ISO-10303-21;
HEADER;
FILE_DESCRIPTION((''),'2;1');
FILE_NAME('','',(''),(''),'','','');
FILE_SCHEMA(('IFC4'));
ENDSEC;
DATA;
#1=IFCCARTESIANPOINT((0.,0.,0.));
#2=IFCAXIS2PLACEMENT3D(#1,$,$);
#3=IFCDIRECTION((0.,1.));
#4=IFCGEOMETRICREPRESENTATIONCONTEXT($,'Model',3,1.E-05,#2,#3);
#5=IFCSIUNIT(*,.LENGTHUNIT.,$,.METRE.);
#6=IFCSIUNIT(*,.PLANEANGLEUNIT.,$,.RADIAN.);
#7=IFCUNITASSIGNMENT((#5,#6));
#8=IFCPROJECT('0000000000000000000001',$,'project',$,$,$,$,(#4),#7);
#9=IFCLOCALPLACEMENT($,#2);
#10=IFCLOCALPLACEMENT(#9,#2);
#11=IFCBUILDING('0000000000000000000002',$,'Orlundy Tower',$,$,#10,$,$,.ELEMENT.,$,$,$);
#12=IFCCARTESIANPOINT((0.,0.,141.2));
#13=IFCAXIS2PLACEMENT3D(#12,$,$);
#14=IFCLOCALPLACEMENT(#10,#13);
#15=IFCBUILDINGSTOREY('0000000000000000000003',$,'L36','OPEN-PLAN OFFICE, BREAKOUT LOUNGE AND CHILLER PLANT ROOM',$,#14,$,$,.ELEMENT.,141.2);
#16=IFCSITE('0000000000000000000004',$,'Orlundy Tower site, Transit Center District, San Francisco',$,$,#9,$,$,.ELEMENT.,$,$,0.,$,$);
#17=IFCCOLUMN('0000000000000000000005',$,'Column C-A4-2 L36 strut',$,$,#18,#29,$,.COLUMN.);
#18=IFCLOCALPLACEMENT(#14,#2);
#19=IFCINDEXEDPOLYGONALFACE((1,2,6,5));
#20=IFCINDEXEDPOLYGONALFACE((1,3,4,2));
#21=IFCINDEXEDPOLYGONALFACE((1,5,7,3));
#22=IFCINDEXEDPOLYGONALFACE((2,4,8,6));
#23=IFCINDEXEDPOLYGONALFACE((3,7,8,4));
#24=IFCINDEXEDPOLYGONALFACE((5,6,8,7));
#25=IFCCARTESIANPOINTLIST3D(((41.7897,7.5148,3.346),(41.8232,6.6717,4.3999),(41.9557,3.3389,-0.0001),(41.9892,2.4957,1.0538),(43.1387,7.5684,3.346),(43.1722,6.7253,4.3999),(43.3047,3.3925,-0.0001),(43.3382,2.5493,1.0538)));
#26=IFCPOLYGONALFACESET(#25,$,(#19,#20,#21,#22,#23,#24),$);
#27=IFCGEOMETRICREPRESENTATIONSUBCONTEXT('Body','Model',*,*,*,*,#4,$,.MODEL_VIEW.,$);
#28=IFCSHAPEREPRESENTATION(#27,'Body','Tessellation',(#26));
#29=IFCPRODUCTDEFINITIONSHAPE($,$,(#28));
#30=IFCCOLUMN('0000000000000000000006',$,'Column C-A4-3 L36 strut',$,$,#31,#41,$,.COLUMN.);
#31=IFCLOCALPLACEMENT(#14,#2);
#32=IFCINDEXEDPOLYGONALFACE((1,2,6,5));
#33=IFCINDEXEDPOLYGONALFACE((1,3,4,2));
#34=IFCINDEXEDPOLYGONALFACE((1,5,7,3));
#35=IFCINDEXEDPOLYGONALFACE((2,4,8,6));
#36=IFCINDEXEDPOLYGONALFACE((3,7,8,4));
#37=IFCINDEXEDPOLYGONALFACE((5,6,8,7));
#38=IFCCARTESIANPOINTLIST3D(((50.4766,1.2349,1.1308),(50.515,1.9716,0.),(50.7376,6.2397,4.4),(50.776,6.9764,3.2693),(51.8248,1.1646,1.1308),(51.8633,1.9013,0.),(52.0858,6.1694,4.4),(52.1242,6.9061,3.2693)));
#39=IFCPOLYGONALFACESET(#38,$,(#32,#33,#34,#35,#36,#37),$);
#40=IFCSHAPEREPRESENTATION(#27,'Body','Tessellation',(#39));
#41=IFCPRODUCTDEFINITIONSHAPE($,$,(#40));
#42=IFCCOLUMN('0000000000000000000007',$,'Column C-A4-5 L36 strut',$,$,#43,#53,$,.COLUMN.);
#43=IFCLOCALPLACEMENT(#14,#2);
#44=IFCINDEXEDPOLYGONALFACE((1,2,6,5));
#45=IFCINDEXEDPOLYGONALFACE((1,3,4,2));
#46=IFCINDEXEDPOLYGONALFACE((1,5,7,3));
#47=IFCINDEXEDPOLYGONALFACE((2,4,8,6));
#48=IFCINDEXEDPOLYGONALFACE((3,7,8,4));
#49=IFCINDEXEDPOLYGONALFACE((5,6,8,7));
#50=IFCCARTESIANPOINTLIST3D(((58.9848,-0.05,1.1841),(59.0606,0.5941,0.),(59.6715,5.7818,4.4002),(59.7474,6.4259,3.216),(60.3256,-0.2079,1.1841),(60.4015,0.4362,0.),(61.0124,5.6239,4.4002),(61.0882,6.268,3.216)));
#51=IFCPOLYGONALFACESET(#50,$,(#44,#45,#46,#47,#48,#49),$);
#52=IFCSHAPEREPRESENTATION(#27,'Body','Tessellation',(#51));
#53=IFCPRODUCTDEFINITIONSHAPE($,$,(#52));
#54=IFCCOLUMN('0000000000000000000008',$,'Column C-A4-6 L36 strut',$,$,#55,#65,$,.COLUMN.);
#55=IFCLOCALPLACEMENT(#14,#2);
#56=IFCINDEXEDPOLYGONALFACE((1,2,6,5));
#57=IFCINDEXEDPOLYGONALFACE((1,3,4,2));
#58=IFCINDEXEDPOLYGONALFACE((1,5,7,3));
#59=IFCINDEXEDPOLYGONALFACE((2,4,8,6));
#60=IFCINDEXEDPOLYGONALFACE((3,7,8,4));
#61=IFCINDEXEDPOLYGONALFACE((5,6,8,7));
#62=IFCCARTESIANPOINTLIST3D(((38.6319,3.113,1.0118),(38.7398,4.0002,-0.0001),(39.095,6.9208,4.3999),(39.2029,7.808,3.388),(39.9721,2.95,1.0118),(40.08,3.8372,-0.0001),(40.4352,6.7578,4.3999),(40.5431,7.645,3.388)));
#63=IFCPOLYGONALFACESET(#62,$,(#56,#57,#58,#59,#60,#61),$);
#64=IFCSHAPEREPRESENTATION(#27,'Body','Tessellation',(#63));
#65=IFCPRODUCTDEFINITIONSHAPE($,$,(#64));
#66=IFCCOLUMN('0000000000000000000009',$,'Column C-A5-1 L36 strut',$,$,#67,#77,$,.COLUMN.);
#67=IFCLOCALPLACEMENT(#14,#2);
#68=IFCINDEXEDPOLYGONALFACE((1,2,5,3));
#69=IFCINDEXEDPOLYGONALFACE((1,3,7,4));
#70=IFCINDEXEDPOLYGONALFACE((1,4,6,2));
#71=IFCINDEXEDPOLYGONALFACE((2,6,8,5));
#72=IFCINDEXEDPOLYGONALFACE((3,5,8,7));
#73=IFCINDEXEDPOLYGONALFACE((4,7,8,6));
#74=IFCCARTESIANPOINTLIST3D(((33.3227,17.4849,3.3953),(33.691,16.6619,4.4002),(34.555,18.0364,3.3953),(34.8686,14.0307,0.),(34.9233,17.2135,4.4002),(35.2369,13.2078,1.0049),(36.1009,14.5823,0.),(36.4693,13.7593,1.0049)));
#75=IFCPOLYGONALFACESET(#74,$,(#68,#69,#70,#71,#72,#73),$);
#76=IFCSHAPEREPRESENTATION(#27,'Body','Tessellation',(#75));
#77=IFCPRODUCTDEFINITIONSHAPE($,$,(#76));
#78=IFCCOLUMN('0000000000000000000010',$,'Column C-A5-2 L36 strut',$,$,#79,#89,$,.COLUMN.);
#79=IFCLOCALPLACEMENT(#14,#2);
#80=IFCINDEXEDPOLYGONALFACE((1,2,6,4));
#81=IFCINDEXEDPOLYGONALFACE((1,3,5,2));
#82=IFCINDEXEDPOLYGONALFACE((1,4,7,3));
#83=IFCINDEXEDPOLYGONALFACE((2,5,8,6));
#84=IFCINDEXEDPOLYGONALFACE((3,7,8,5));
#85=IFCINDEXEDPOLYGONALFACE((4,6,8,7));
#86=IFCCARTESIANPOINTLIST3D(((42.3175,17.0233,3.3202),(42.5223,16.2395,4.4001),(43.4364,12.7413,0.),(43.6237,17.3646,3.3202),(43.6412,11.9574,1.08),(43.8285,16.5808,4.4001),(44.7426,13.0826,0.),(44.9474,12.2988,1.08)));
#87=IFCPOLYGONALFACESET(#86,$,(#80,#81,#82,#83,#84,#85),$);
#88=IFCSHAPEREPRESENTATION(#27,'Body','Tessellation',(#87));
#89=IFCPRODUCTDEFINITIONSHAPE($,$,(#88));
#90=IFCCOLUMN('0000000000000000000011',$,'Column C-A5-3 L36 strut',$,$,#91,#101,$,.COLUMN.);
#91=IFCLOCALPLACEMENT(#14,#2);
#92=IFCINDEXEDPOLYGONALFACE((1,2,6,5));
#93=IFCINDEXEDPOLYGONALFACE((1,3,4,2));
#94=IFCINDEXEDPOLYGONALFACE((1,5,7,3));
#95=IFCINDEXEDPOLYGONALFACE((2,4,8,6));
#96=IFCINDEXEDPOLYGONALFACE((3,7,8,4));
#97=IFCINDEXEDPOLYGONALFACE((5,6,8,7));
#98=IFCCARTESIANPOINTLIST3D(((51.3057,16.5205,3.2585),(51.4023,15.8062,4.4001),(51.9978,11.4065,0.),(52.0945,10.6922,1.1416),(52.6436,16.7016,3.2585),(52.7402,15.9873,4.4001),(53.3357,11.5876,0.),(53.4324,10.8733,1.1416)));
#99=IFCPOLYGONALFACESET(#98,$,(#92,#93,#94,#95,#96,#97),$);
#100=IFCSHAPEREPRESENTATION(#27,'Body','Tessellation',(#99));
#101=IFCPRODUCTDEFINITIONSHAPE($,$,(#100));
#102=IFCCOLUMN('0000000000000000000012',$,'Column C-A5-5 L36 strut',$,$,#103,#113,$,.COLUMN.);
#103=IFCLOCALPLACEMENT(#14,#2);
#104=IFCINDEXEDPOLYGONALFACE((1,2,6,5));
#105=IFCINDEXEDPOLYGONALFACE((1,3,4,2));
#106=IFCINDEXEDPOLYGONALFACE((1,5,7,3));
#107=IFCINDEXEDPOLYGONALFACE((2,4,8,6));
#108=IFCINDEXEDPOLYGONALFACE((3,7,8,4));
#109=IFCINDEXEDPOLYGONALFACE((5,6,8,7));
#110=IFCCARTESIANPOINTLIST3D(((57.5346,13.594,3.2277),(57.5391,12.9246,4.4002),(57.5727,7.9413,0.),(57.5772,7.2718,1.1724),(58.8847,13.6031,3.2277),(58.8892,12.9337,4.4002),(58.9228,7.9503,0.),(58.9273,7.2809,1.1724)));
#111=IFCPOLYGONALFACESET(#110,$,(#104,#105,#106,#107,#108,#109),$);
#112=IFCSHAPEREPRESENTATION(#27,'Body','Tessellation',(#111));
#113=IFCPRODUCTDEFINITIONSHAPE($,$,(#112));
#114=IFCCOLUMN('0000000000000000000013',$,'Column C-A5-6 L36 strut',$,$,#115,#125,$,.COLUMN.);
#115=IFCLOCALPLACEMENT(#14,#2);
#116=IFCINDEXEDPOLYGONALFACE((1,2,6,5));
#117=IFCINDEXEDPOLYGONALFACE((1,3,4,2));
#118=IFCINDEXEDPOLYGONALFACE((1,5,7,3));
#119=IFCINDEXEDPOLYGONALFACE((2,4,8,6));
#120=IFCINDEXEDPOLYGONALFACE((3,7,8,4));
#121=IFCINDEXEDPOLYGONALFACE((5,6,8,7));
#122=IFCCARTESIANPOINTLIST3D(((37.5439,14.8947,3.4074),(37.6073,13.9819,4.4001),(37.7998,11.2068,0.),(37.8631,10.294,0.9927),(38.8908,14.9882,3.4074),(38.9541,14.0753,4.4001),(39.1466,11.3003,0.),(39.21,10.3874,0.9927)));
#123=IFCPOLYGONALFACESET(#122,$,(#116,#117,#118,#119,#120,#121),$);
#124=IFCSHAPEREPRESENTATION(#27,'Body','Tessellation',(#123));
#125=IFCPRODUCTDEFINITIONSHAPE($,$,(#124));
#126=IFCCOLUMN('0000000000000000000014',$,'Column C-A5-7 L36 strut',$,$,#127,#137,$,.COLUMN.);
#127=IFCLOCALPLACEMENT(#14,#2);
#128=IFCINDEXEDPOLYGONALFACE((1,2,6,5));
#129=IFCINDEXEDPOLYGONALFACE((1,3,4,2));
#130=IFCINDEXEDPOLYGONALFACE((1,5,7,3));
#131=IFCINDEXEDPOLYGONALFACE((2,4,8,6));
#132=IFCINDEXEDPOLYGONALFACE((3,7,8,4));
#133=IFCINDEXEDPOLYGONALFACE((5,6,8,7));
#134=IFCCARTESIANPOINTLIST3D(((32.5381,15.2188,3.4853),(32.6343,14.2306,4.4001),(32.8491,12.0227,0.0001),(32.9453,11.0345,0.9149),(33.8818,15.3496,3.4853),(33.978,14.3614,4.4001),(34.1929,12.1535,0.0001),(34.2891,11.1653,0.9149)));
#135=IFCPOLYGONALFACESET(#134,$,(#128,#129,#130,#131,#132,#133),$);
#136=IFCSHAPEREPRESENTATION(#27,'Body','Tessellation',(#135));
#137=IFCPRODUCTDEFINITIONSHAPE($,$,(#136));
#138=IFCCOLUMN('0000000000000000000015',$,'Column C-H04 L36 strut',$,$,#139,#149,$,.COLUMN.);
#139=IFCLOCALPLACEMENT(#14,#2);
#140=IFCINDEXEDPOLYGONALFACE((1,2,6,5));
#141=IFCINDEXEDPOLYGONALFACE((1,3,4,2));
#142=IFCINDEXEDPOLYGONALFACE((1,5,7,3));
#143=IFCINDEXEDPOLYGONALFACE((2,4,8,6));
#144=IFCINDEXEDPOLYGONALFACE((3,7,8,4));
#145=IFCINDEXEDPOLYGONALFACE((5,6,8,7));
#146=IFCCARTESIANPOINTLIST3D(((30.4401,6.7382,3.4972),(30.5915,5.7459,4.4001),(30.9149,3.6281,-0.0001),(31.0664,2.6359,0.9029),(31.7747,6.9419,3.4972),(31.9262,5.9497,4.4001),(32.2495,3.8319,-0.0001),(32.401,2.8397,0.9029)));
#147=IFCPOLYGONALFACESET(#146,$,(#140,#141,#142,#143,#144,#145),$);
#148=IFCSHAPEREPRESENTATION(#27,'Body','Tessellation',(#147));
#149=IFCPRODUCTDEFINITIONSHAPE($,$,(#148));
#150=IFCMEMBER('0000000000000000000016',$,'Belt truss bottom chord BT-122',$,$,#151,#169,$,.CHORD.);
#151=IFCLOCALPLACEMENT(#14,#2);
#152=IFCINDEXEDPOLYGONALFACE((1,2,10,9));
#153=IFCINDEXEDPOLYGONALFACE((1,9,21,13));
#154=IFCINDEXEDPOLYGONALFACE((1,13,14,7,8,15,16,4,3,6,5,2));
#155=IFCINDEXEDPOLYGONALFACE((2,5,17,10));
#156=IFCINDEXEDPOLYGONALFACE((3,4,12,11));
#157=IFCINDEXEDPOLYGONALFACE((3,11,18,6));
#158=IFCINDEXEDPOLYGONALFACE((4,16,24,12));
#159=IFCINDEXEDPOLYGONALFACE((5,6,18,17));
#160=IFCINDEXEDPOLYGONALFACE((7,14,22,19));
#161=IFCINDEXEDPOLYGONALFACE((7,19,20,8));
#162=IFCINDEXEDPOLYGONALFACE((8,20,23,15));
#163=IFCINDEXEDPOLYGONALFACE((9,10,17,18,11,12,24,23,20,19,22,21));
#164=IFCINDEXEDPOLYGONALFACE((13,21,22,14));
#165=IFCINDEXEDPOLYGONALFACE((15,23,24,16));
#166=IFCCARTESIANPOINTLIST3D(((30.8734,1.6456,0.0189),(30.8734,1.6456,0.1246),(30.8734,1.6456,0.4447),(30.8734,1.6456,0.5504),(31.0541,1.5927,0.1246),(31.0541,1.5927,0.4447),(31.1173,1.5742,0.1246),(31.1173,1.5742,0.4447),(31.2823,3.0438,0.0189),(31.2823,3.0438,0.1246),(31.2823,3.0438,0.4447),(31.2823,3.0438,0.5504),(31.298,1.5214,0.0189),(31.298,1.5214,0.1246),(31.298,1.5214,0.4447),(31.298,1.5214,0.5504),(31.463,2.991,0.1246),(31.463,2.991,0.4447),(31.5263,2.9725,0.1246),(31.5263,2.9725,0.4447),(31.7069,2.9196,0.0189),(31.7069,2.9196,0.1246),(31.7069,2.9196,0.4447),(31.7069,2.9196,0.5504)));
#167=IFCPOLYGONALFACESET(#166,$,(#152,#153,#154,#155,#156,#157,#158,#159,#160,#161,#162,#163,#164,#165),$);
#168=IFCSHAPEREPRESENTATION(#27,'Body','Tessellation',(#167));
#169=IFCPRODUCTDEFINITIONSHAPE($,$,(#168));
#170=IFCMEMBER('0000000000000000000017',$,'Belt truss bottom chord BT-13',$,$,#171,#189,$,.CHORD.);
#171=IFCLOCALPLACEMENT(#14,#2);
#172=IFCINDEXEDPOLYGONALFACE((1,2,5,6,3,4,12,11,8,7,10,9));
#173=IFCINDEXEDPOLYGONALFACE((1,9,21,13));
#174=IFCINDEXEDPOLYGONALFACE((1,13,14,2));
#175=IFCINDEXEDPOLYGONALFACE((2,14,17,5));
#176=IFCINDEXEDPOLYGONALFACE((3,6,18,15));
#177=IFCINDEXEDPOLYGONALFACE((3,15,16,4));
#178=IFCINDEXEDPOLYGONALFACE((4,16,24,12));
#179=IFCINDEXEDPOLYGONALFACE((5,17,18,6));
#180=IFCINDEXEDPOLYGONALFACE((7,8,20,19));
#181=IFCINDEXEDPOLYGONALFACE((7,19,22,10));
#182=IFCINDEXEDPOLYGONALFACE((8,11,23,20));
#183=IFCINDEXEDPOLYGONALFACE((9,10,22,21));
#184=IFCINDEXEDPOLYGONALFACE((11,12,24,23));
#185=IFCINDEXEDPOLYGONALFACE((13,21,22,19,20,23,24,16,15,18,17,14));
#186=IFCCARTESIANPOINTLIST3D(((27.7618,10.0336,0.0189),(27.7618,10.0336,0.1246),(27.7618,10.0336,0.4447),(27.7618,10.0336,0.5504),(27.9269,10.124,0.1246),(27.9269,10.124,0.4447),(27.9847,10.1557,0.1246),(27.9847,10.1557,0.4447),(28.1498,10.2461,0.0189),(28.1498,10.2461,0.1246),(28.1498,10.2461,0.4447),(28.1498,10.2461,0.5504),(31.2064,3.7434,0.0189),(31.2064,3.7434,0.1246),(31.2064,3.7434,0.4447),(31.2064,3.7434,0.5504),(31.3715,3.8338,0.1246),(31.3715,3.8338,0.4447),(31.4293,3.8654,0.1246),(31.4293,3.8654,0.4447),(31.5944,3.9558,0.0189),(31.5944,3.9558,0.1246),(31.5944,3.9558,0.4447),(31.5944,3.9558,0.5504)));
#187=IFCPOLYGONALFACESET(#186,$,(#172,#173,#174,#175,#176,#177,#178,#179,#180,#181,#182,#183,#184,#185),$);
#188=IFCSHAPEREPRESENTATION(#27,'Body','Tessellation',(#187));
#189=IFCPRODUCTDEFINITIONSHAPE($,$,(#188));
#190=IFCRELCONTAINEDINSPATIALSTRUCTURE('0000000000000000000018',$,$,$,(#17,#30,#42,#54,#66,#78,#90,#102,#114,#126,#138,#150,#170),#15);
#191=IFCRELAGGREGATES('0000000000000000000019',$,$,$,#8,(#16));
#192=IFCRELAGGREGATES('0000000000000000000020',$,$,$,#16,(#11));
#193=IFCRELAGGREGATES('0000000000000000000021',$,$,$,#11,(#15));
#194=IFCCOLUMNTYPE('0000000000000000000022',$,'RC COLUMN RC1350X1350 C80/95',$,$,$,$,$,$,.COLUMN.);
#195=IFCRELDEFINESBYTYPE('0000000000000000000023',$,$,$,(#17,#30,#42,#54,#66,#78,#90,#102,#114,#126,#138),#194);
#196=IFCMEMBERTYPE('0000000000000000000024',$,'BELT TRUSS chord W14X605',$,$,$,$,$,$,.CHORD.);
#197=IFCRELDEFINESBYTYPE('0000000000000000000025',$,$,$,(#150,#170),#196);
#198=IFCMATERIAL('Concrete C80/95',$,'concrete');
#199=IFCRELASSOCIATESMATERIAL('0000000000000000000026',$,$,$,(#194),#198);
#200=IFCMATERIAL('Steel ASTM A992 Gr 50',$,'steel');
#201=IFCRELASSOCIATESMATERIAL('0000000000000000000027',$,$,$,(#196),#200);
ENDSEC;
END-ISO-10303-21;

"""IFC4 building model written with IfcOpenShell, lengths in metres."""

from ifc_helpers import new_model, si_unit, direction, frame, origin, origin_2d, place, context, subcontext, project, spatial, rectangle, i_section, extrude, material, material_profile, profile_set, type_object, element, save


model = new_model("IFC4")

# Units and contexts
model_context = context("Model", 3, precision=1e-05, world=origin(), true_north=direction((0.0, 1.0)))
body_context = subcontext(model_context, "Body", "Model", "MODEL_VIEW")
ifc_project = project(units=[si_unit("LENGTHUNIT", "METRE"), si_unit("PLANEANGLEUNIT", "RADIAN")], contexts=[model_context])

# Site, building, storey
site_placement = place(None, origin())
site = spatial("IfcSite", under=ifc_project, at=site_placement, Name="Orlundy Tower site, Transit Center District, San Francisco", CompositionType="ELEMENT", RefElevation=0.0)
building_placement = place(site_placement, origin())
building = spatial("IfcBuilding", under=site, at=building_placement, Name="Orlundy Tower", CompositionType="ELEMENT")
storey_placement = place(building_placement, frame((0.0, 0.0, 141.2)))
storey = spatial("IfcBuildingStorey", under=building, at=storey_placement, Name="L36", Description="OPEN-PLAN OFFICE, BREAKOUT LOUNGE AND CHILLER PLANT ROOM", CompositionType="ELEMENT", Elevation=141.2)

# Columns
ifc_material_1 = material(Name="Concrete C80/95", Category="concrete")
ifc_material_profile_1 = material_profile(ifc_material_1, rectangle(XDim=1.3501, YDim=1.3501, at=origin_2d()), Name="RC1350X1350")
ifc_profile_set_1 = profile_set([ifc_material_profile_1], Name="Concrete C80/95")
column_type = type_object("IfcColumnType", Name="RC COLUMN RC1350X1350 C80/95", PredefinedType="COLUMN", material=ifc_profile_set_1)
column_1_placement = place(storey_placement, frame((42.647, 2.9441, 0.5269), z_axis=(-0.031009, 0.780004, 0.625006), x_axis=(-0.999211, -0.039723, 0.0)))
element("IfcColumn", 1, at=column_1_placement, inside=storey, type_object=column_type, Name="Column C-A4-2 L36 strut", PredefinedType="COLUMN", context=body_context, shape_type="SweptSolid", body=[
    extrude(rectangle(XDim=1.3501, YDim=1.3501, at=origin_2d()), origin(), (0.0, 0.0, 1.0), 5.3538),
])
column_2_placement = place(storey_placement, frame((51.1699, 1.5681, 0.5654), z_axis=(0.043616, 0.836413, 0.546361), x_axis=(-0.998643, 0.052076, 0.0)))
element("IfcColumn", 2, at=column_2_placement, inside=storey, type_object=column_type, Name="Column C-A4-3 L36 strut", PredefinedType="COLUMN", context=body_context, shape_type="SweptSolid", body=[
    extrude(rectangle(XDim=1.3501, YDim=1.3501, at=origin_2d()), origin(), (0.0, 0.0, 1.0), 5.9836),
])
column_3_placement = place(storey_placement, frame((59.6931, 0.1931, 0.592), z_axis=(0.102578, 0.871052, 0.48036), x_axis=(-0.993137, 0.116955, 0.0)))
element("IfcColumn", 3, at=column_3_placement, inside=storey, type_object=column_type, Name="Column C-A4-5 L36 strut", PredefinedType="COLUMN", context=body_context, shape_type="SweptSolid", body=[
    extrude(rectangle(XDim=1.3501, YDim=1.3501, at=origin_2d()), origin(), (0.0, 0.0, 1.0), 6.6951),
])
column_4_placement = place(storey_placement, frame((39.356, 3.4751, 0.5059), z_axis=(0.090491, 0.744011, 0.662011), x_axis=(-0.992685, 0.120736, 0.0)))
element("IfcColumn", 4, at=column_4_placement, inside=storey, type_object=column_type, Name="Column C-A4-6 L36 strut", PredefinedType="COLUMN", context=body_context, shape_type="SweptSolid", body=[
    extrude(rectangle(XDim=1.3501, YDim=1.3501, at=origin_2d()), origin(), (0.0, 0.0, 1.0), 5.1179),
])
column_5_placement = place(storey_placement, frame((35.6689, 13.895, 0.5024), z_axis=(-0.304063, 0.679388, 0.667815), x_axis=(-0.912755, -0.408508, 0.0)))
element("IfcColumn", 5, at=column_5_placement, inside=storey, type_object=column_type, Name="Column C-A5-1 L36 strut", PredefinedType="COLUMN", context=body_context, shape_type="SweptSolid", body=[
    extrude(rectangle(XDim=1.3501, YDim=1.3501, at=origin_2d()), origin(), (0.0, 0.0, 1.0), 5.0842),
])
column_6_placement = place(storey_placement, frame((44.1919, 12.52, 0.54), z_axis=(-0.202235, 0.773949, 0.600087), x_axis=(-0.967515, -0.252815, 0.0)))
element("IfcColumn", 6, at=column_6_placement, inside=storey, type_object=column_type, Name="Column C-A5-2 L36 strut", PredefinedType="COLUMN", context=body_context, shape_type="SweptSolid", body=[
    extrude(rectangle(XDim=1.3501, YDim=1.3501, at=origin_2d()), origin(), (0.0, 0.0, 1.0), 5.5327),
])
column_7_placement = place(storey_placement, frame((52.7151, 11.1399, 0.5708), z_axis=(-0.113404, 0.837909, 0.533899), x_axis=(-0.990965, -0.134119, 0.0)))
element("IfcColumn", 7, at=column_7_placement, inside=storey, type_object=column_type, Name="Column C-A5-3 L36 strut", PredefinedType="COLUMN", context=body_context, shape_type="SweptSolid", body=[
    extrude(rectangle(XDim=1.3501, YDim=1.3501, at=origin_2d()), origin(), (0.0, 0.0, 1.0), 6.1033),
])
column_8_placement = place(storey_placement, frame((58.25, 7.6111, 0.5862), z_axis=(-0.005851, 0.868387, 0.495852), x_axis=(-0.999977, -0.006737, 0.0)))
element("IfcColumn", 8, at=column_8_placement, inside=storey, type_object=column_type, Name="Column C-A5-5 L36 strut", PredefinedType="COLUMN", context=body_context, shape_type="SweptSolid", body=[
    extrude(rectangle(XDim=1.3501, YDim=1.3501, at=origin_2d()), origin(), (0.0, 0.0, 1.0), 6.5095),
])
column_9_placement = place(storey_placement, frame((38.5049, 10.7971, 0.4963), z_axis=(-0.05089, 0.733537, 0.677742), x_axis=(-0.997602, -0.06921, 0.0)))
element("IfcColumn", 9, at=column_9_placement, inside=storey, type_object=column_type, Name="Column C-A5-6 L36 strut", PredefinedType="COLUMN", context=body_context, shape_type="SweptSolid", body=[
    extrude(rectangle(XDim=1.3501, YDim=1.3501, at=origin_2d()), origin(), (0.0, 0.0, 1.0), 5.0276),
])
column_10_placement = place(storey_placement, frame((33.5691, 11.594, 0.4575), z_axis=(-0.065634, 0.674424, 0.735421), x_axis=(-0.995298, -0.096861, 0.0)))
element("IfcColumn", 10, at=column_10_placement, inside=storey, type_object=column_type, Name="Column C-A5-7 L36 strut", PredefinedType="COLUMN", context=body_context, shape_type="SweptSolid", body=[
    extrude(rectangle(XDim=1.3501, YDim=1.3501, at=origin_2d()), origin(), (0.0, 0.0, 1.0), 4.739),
])
column_11_placement = place(storey_placement, frame((31.658, 3.2339, 0.4514), z_axis=(-0.100943, 0.661135, 0.743446), x_axis=(-0.988544, -0.150932, 0.0)))
element("IfcColumn", 11, at=column_11_placement, inside=storey, type_object=column_type, Name="Column C-H04 L36 strut", PredefinedType="COLUMN", context=body_context, shape_type="SweptSolid", body=[
    extrude(rectangle(XDim=1.3501, YDim=1.3501, at=origin_2d()), origin(), (0.0, 0.0, 1.0), 4.7041),
])

# Members
ifc_material_2 = material(Name="Steel ASTM A992 Gr 50", Category="steel")
ifc_material_profile_2 = material_profile(ifc_material_2, i_section(OverallWidth=0.4424, OverallDepth=0.5315, WebThickness=0.0659, FlangeThickness=0.1057, at=origin_2d()), Name="W14X605")
ifc_profile_set_2 = profile_set([ifc_material_profile_2], Name="Steel ASTM A992 Gr 50")
member_type_1 = type_object("IfcMemberType", Name="BELT TRUSS chord W14X605", PredefinedType="CHORD", material=ifc_profile_set_2)
member_1_placement = place(storey_placement, frame((31.0857, 1.5835, 0.2847), z_axis=(0.280714, 0.959791, 0.0), x_axis=(-0.959791, 0.280714, 0.0)))
element("IfcMember", 12, at=member_1_placement, inside=storey, type_object=member_type_1, Name="Belt truss bottom chord BT-122", PredefinedType="CHORD", context=body_context, shape_type="SweptSolid", body=[
    extrude(i_section(OverallWidth=0.4424, OverallDepth=0.5315, WebThickness=0.0659, FlangeThickness=0.1057, at=origin_2d()), origin(), (0.0, 0.0, 1.0), 1.4568),
])
for number, where, z_axis, x_axis, name in (
    (13, (31.4004, 3.8496, 0.2847), (-0.480304, 0.877102, 0.0), (-0.877102, -0.480304, 0.0), "Belt truss bottom chord BT-13"),
):
    element("IfcMember", number, at=place(storey_placement, frame(where, z_axis=z_axis, x_axis=x_axis)), inside=storey, type_object=member_type_1, Name=name, PredefinedType="CHORD", context=body_context, shape_type="SweptSolid", body=[
        extrude(i_section(OverallWidth=0.4424, OverallDepth=0.5315, WebThickness=0.0659, FlangeThickness=0.1057, at=origin_2d()), origin(), (0.0, 0.0, 1.0), 7.1716),
    ])

save(model, "model.ifc")
